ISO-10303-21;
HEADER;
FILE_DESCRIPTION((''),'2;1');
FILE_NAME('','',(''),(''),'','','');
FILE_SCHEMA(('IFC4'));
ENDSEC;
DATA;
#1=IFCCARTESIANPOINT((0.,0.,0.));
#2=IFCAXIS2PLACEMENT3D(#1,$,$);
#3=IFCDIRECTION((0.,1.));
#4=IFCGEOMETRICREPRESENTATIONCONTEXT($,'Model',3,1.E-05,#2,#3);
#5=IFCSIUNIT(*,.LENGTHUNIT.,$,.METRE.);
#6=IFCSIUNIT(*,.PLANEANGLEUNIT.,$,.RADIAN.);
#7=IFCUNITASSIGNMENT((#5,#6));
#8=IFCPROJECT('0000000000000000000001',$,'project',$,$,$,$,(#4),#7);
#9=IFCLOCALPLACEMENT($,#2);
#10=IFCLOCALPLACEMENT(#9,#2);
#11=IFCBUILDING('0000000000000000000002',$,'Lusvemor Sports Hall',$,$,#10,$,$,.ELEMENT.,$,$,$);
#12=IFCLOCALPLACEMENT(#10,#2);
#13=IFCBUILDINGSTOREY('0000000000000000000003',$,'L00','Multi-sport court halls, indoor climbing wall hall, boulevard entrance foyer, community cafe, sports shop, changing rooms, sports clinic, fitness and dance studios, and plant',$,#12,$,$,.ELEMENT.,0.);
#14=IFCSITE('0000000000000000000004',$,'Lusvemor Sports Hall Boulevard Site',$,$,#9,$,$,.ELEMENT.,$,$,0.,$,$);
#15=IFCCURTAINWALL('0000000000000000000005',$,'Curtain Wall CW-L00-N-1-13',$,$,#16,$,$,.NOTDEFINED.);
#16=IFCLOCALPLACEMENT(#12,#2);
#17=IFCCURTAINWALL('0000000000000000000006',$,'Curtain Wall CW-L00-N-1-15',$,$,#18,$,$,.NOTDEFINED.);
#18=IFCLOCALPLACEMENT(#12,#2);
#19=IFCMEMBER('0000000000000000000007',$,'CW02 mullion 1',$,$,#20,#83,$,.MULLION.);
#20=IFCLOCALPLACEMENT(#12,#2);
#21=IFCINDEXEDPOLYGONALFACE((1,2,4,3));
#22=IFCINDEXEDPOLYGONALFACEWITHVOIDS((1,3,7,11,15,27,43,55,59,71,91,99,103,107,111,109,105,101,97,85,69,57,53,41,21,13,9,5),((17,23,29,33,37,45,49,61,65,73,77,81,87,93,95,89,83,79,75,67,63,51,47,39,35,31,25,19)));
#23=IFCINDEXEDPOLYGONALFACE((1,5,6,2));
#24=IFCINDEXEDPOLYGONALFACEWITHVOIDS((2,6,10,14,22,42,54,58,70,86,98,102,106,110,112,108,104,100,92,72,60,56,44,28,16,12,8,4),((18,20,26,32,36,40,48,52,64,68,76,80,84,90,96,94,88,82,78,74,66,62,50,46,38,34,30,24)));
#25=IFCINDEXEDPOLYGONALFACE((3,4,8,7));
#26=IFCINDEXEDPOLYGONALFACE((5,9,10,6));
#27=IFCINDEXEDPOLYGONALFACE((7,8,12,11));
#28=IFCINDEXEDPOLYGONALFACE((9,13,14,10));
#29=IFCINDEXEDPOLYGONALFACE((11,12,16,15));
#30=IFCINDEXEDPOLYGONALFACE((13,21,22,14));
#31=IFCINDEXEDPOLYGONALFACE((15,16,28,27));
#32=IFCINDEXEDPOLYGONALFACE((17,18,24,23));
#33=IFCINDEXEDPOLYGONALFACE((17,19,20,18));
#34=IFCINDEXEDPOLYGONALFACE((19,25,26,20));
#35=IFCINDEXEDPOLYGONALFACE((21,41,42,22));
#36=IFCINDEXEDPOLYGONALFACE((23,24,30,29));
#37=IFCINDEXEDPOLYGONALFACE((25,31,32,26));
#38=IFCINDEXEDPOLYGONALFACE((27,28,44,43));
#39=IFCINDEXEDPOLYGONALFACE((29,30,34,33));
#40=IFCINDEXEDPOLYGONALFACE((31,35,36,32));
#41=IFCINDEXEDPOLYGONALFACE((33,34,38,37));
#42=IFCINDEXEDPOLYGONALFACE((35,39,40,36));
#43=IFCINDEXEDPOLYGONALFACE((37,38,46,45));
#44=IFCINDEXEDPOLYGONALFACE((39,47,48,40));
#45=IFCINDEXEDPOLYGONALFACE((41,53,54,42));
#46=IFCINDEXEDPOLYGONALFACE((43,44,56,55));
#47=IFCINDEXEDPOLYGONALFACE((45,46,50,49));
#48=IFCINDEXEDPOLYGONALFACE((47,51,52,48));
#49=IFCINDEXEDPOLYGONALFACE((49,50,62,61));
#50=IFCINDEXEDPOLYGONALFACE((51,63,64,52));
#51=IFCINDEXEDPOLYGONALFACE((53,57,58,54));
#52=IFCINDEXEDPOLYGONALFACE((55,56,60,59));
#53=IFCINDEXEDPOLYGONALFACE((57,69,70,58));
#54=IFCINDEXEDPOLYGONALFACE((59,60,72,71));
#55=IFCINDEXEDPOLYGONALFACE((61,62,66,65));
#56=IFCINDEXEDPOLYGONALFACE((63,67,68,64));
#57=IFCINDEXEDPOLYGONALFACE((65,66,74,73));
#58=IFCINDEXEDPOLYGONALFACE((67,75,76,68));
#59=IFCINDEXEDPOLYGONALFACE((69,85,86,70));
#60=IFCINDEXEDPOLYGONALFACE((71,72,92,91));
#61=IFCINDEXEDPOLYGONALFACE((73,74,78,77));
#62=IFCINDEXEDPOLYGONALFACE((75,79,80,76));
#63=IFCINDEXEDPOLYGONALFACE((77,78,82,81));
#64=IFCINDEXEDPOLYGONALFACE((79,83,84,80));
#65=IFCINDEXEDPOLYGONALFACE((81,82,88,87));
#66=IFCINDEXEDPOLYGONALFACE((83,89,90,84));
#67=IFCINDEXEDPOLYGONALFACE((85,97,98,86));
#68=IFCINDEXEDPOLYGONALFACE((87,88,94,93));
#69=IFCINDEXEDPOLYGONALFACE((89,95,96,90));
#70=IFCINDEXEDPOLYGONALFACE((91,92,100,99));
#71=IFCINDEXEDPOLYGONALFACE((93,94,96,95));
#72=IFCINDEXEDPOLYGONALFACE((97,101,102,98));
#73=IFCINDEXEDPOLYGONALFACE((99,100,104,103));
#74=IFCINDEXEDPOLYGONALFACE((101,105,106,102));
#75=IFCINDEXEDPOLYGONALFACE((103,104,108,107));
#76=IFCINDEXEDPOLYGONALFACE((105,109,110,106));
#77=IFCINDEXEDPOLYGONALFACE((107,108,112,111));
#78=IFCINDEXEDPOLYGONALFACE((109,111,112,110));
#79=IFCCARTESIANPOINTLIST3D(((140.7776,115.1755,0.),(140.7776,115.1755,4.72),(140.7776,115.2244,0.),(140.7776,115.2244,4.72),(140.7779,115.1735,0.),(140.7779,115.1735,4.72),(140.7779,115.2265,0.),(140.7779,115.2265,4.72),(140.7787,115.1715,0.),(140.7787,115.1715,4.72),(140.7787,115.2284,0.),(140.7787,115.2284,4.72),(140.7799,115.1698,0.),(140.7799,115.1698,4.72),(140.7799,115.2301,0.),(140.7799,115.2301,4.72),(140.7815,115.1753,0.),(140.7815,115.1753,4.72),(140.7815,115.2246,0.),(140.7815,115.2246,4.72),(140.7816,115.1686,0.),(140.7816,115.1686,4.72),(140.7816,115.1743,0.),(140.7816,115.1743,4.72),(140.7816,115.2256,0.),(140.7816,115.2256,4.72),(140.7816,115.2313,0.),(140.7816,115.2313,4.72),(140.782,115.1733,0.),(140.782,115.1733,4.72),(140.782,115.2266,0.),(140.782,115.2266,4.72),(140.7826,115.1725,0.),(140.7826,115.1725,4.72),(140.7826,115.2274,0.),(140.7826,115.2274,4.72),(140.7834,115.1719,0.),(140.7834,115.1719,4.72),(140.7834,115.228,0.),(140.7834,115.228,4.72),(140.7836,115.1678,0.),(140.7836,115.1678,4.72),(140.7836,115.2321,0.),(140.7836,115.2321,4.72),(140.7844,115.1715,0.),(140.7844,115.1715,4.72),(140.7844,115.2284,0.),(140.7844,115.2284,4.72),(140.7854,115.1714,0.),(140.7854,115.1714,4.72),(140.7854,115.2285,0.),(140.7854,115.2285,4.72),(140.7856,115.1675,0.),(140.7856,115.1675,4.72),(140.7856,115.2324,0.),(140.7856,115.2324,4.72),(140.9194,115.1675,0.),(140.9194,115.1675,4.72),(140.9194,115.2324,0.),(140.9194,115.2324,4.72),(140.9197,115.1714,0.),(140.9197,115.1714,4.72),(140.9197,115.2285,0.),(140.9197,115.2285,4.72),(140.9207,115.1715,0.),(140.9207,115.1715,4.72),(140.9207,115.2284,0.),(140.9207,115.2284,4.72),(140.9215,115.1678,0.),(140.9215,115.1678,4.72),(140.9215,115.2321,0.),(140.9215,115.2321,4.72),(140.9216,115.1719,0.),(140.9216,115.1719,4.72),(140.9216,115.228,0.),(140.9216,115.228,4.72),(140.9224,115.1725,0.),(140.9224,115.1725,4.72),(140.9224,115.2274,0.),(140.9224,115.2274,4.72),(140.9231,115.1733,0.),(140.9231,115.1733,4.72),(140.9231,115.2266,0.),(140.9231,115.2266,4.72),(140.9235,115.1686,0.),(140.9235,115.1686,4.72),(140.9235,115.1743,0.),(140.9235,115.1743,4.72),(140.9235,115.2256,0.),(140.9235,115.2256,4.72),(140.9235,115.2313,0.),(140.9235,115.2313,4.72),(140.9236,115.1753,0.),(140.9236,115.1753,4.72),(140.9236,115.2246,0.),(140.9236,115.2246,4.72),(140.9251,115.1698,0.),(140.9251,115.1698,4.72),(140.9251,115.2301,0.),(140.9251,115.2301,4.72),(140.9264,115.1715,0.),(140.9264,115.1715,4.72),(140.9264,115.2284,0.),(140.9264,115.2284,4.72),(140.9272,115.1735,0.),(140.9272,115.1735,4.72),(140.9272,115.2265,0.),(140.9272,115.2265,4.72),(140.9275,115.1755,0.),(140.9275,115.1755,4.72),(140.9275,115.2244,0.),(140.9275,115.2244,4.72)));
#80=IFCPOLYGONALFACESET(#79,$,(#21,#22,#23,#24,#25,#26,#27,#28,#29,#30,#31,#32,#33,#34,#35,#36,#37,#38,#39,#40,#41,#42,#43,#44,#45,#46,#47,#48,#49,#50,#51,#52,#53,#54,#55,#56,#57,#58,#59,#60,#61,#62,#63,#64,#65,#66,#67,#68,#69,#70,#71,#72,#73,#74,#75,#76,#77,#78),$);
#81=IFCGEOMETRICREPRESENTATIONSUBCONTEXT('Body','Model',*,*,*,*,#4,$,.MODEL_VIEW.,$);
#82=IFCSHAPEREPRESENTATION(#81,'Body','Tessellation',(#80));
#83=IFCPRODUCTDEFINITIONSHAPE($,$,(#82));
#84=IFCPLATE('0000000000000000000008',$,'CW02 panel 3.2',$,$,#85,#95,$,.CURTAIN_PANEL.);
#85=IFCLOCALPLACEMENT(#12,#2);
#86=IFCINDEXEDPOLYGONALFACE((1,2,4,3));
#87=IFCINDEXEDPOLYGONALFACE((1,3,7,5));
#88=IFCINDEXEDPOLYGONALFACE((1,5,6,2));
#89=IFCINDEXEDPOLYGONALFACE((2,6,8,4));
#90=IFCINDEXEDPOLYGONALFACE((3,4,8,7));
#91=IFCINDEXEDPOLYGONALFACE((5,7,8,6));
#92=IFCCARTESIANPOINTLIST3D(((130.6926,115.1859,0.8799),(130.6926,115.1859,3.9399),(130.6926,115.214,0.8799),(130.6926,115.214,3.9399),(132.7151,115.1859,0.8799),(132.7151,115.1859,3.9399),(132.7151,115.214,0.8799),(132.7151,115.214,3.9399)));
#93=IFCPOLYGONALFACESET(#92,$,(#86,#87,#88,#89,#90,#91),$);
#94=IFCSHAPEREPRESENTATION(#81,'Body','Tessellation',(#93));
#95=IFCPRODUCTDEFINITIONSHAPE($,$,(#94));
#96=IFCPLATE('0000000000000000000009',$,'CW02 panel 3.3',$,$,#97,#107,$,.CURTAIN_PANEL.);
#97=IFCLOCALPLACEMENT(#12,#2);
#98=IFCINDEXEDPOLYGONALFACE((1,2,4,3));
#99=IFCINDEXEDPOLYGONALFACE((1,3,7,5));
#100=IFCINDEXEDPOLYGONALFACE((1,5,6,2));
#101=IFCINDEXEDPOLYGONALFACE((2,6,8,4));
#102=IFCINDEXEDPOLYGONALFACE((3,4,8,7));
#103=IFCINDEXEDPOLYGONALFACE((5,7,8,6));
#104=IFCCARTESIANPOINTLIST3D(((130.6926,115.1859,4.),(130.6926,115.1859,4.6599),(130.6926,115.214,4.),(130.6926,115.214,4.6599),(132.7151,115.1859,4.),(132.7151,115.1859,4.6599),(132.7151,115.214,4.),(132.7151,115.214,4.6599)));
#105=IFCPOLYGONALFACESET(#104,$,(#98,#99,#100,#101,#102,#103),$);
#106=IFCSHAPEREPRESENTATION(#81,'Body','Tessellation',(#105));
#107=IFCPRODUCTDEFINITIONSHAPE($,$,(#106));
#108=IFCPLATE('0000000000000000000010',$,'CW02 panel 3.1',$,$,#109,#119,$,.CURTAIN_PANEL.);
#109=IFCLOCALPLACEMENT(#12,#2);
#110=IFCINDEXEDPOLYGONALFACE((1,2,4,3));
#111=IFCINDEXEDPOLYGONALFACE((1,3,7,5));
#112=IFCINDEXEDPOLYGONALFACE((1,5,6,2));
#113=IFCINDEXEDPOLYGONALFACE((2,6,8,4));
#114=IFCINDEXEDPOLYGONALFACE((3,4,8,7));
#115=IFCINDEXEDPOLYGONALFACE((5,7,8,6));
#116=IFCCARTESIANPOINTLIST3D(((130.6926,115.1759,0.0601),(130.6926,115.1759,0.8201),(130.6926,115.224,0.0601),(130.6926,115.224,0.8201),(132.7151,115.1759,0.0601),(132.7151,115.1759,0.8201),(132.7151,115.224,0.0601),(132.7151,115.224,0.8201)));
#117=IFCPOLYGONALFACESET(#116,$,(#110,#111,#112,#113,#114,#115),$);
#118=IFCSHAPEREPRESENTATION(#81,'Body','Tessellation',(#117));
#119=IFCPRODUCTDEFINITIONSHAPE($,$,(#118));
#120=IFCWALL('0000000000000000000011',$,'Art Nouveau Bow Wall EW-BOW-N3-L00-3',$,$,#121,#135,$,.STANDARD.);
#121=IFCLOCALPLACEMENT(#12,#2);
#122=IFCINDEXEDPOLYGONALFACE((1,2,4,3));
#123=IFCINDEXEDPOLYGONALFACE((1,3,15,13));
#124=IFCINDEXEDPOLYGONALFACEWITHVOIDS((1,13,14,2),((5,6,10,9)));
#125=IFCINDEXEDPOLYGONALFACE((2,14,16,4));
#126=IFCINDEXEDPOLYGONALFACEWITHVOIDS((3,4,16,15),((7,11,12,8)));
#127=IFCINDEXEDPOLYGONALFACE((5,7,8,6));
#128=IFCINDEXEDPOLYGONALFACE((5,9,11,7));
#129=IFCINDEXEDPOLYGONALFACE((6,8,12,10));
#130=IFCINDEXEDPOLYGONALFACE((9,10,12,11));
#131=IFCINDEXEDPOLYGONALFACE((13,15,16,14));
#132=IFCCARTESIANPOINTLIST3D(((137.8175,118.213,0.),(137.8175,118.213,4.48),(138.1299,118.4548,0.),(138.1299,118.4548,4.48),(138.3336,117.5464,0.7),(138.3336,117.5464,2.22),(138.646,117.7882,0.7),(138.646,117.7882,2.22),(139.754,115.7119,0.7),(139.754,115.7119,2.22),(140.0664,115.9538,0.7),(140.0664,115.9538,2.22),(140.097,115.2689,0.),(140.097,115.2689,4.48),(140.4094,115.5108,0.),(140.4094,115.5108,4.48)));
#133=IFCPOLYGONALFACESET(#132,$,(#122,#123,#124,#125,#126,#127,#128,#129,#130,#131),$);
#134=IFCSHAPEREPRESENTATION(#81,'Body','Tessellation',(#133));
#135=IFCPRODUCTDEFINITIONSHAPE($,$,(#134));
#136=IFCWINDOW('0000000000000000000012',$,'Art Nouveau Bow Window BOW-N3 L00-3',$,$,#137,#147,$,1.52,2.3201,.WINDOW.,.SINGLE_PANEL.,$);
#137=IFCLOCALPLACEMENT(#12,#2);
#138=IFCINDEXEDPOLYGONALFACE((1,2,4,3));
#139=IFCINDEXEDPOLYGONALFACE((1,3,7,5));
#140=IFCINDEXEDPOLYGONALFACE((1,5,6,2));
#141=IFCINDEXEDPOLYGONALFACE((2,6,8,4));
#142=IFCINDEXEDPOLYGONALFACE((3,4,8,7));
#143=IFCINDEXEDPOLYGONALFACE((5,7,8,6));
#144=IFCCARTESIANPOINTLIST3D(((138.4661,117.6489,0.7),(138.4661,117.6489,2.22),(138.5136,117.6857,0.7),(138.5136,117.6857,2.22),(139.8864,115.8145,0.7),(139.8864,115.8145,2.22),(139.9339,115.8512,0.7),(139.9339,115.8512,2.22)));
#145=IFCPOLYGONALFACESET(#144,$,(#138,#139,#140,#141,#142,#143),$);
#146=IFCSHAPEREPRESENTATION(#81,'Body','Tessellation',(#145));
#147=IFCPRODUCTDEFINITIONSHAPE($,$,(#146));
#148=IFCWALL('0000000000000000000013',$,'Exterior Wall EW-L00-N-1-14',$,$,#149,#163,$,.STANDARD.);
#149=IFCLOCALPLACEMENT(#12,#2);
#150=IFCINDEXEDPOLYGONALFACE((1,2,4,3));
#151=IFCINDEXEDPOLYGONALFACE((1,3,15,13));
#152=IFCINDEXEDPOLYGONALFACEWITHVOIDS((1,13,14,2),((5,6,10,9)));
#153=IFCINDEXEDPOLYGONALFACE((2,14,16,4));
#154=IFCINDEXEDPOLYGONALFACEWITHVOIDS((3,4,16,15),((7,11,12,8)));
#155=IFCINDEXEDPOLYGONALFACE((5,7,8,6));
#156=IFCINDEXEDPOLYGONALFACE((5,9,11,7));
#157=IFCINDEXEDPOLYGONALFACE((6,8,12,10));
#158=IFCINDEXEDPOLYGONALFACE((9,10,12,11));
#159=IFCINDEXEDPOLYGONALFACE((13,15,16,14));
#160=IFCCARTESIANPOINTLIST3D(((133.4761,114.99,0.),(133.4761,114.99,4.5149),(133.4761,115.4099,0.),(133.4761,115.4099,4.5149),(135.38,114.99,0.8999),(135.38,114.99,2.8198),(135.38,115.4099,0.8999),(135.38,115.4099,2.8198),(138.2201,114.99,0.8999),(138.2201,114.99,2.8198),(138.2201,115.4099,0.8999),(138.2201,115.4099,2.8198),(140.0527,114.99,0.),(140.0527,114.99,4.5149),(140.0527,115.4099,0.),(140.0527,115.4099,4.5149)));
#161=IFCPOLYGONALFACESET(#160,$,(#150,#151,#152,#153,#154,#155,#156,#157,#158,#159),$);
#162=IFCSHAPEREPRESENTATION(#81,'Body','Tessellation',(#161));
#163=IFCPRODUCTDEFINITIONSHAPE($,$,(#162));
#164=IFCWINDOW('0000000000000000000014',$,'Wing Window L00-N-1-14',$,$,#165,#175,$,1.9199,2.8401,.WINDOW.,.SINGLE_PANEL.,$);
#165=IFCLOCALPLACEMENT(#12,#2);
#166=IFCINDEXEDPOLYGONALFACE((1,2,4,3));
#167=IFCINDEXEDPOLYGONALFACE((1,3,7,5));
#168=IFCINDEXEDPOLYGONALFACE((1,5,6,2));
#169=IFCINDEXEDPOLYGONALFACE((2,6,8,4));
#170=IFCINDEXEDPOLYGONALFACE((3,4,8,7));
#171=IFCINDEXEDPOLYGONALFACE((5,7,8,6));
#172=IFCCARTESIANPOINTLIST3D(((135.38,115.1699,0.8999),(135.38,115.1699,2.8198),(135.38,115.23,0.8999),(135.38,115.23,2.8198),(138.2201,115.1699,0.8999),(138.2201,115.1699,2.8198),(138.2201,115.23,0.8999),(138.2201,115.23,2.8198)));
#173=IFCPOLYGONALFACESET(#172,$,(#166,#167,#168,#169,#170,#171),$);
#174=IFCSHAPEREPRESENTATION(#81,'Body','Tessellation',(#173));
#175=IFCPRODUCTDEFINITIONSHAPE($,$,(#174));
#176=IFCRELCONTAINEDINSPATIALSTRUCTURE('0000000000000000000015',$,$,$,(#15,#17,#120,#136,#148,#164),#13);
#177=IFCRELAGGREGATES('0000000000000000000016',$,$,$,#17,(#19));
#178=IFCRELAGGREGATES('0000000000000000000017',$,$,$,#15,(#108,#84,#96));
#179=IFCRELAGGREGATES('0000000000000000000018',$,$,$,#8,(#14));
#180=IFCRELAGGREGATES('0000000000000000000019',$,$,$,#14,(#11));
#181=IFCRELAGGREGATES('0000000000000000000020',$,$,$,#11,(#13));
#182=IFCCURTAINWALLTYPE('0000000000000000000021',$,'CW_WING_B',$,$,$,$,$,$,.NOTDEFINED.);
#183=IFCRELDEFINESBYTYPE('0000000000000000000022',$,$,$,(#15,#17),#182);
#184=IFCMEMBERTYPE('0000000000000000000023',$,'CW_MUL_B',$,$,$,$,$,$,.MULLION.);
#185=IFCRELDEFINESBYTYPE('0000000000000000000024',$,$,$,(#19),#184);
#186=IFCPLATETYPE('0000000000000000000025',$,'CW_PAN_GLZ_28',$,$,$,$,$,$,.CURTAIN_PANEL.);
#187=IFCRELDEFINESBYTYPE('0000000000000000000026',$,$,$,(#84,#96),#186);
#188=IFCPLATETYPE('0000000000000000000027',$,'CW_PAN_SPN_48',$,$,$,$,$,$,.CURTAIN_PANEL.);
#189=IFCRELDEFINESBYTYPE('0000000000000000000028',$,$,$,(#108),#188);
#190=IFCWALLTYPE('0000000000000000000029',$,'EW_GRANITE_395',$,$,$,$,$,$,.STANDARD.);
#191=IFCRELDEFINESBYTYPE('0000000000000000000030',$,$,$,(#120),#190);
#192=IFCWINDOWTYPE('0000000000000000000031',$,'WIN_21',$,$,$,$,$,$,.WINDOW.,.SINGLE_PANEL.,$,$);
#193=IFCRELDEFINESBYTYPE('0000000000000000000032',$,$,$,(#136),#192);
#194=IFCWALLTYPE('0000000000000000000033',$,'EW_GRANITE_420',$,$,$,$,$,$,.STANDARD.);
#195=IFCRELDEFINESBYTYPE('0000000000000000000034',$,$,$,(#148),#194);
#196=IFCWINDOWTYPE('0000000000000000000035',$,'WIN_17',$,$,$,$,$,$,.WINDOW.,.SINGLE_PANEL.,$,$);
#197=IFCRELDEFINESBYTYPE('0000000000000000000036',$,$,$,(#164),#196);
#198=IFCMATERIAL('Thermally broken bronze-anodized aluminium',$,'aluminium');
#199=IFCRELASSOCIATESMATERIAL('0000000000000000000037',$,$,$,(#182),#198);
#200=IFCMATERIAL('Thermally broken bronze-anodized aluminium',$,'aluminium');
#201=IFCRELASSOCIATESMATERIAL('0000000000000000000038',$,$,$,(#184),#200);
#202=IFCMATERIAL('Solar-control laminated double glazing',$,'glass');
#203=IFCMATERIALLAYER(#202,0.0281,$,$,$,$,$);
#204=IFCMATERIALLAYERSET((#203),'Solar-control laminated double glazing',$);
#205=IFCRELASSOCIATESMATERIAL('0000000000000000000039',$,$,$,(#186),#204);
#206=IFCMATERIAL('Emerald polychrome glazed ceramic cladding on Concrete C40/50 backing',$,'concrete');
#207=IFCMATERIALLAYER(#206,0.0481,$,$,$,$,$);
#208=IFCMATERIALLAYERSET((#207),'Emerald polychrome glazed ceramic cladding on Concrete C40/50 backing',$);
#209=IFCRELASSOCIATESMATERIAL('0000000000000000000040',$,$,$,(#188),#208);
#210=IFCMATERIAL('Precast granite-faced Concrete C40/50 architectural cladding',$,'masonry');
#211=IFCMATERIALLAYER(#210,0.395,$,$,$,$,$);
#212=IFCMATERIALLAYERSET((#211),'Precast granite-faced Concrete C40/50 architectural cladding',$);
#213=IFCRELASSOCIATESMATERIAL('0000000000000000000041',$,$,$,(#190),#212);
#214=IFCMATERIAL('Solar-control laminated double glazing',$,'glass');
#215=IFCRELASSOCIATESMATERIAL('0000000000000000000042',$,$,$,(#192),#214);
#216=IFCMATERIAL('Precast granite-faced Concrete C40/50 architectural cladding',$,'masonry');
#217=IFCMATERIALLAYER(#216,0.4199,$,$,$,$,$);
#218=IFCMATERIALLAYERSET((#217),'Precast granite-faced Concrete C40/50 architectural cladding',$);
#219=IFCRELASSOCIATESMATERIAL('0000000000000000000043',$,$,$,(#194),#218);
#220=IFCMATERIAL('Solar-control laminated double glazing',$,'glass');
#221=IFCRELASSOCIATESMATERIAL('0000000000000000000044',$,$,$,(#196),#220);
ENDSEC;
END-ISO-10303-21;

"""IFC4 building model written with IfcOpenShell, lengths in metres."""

from ifc_helpers import new_model, si_unit, direction, frame, frame_2d, origin, origin_2d, place, context, subcontext, project, spatial, rectangle, hollow_rectangle, extrude, material, layer, layer_set, material_profile, profile_set, type_object, element, fill, aggregate, save


model = new_model("IFC4")

# Units and contexts
model_context = context("Model", 3, precision=1e-05, world=origin(), true_north=direction((0.0, 1.0)))
body_context = subcontext(model_context, "Body", "Model", "MODEL_VIEW")
ifc_project = project(units=[si_unit("LENGTHUNIT", "METRE"), si_unit("PLANEANGLEUNIT", "RADIAN")], contexts=[model_context])

# Site, building, storey
site_placement = place(None, origin())
site = spatial("IfcSite", under=ifc_project, at=site_placement, Name="Lusvemor Sports Hall Boulevard Site", CompositionType="ELEMENT", RefElevation=0.0)
building_placement = place(site_placement, origin())
building = spatial("IfcBuilding", under=site, at=building_placement, Name="Lusvemor Sports Hall", CompositionType="ELEMENT")
storey_placement = place(building_placement, origin())
storey = spatial("IfcBuildingStorey", under=building, at=storey_placement, Name="L00", Description="Multi-sport court halls, indoor climbing wall hall, boulevard entrance foyer, community cafe, sports shop, changing rooms, sports clinic, fitness and dance studios, and plant", CompositionType="ELEMENT", Elevation=0.0)

# Curtain walls, member
ifc_material_1 = material(Name="Thermally broken bronze-anodized aluminium", Category="aluminium")
curtain_wall_type = type_object("IfcCurtainWallType", Name="CW_WING_B", PredefinedType="NOTDEFINED", material=ifc_material_1)
curtain_wall_1_placement = place(storey_placement, origin())
curtain_wall_1 = element("IfcCurtainWall", 1, at=curtain_wall_1_placement, inside=storey, type_object=curtain_wall_type, Name="Curtain Wall CW-L00-N-1-13", PredefinedType="NOTDEFINED")
ifc_material_2 = material(Name="Thermally broken bronze-anodized aluminium", Category="aluminium")
ifc_material_profile_1 = material_profile(ifc_material_2, hollow_rectangle(XDim=0.0649, YDim=0.1499, WallThickness=0.0039, InnerFilletRadius=0.0039, OuterFilletRadius=0.0081, at=origin_2d()), Name="CWMUL150x65x4")
ifc_profile_set_1 = profile_set([ifc_material_profile_1], Name="Thermally broken bronze-anodized aluminium")
member_type = type_object("IfcMemberType", Name="CW_MUL_B", PredefinedType="MULLION", material=ifc_profile_set_1)
curtain_wall_2_placement = place(storey_placement, origin())
curtain_wall_2 = element("IfcCurtainWall", 2, at=curtain_wall_2_placement, inside=storey, type_object=curtain_wall_type, Name="Curtain Wall CW-L00-N-1-15", PredefinedType="NOTDEFINED")
member_1_placement = place(storey_placement, frame((140.8525, 115.2, 0.0), z_axis=(0.0, 0.0, 1.0), x_axis=(0.0, 1.0, 0.0)))
member_1 = element("IfcMember", 3, at=member_1_placement, type_object=member_type, Name="CW02 mullion 1", PredefinedType="MULLION", context=body_context, shape_type="SweptSolid", body=[
    extrude(hollow_rectangle(XDim=0.0649, YDim=0.1499, WallThickness=0.0039, InnerFilletRadius=0.0039, OuterFilletRadius=0.0081, at=origin_2d()), origin(), (0.0, 0.0, 1.0), 4.72),
])
aggregate(curtain_wall_2, [member_1])

# Plates
ifc_material_3 = material(Name="Solar-control laminated double glazing", Category="glass")
ifc_layer_1 = layer(ifc_material_3, 0.0281)
ifc_layer_set_1 = layer_set([ifc_layer_1], Name="Solar-control laminated double glazing")
plate_type_1 = type_object("IfcPlateType", Name="CW_PAN_GLZ_28", PredefinedType="CURTAIN_PANEL", material=ifc_layer_set_1)
plate_1_placement = place(storey_placement, frame((131.7039, 115.2, 0.8799), z_axis=(0.0, 0.0, 1.0), x_axis=(1.0, 0.0, 0.0)))
plate_1 = element("IfcPlate", 4, at=plate_1_placement, type_object=plate_type_1, Name="CW02 panel 3.2", PredefinedType="CURTAIN_PANEL", context=body_context, shape_type="SweptSolid", body=[
    extrude(rectangle(XDim=2.0225, YDim=0.0281, at=origin_2d()), origin(), (0.0, 0.0, 1.0), 3.0601),
])
plate_2_placement = place(storey_placement, frame((131.7039, 115.2, 4.0), z_axis=(0.0, 0.0, 1.0), x_axis=(1.0, 0.0, 0.0)))
plate_2 = element("IfcPlate", 5, at=plate_2_placement, type_object=plate_type_1, Name="CW02 panel 3.3", PredefinedType="CURTAIN_PANEL", context=body_context, shape_type="SweptSolid", body=[
    extrude(rectangle(XDim=2.0225, YDim=0.0281, at=origin_2d()), origin(), (0.0, 0.0, 1.0), 0.6599),
])
ifc_material_4 = material(Name="Emerald polychrome glazed ceramic cladding on Concrete C40/50 backing", Category="concrete")
ifc_layer_2 = layer(ifc_material_4, 0.0481)
ifc_layer_set_2 = layer_set([ifc_layer_2], Name="Emerald polychrome glazed ceramic cladding on Concrete C40/50 backing")
plate_type_2 = type_object("IfcPlateType", Name="CW_PAN_SPN_48", PredefinedType="CURTAIN_PANEL", material=ifc_layer_set_2)
plate_3_placement = place(storey_placement, frame((131.7039, 115.2, 0.0601), z_axis=(0.0, 0.0, 1.0), x_axis=(1.0, 0.0, 0.0)))
plate_3 = element("IfcPlate", 6, at=plate_3_placement, type_object=plate_type_2, Name="CW02 panel 3.1", PredefinedType="CURTAIN_PANEL", context=body_context, shape_type="SweptSolid", body=[
    extrude(rectangle(XDim=2.0225, YDim=0.0481, at=origin_2d()), origin(), (0.0, 0.0, 1.0), 0.76),
])
aggregate(curtain_wall_1, [plate_3, plate_1, plate_2])

# Walls, openings, windows
ifc_material_5 = material(Name="Precast granite-faced Concrete C40/50 architectural cladding", Category="masonry")
ifc_layer_3 = layer(ifc_material_5, 0.395)
ifc_layer_set_3 = layer_set([ifc_layer_3], Name="Precast granite-faced Concrete C40/50 architectural cladding")
wall_type_1 = type_object("IfcWallType", Name="EW_GRANITE_395", PredefinedType="STANDARD", material=ifc_layer_set_3)
wall_1_placement = place(storey_placement, frame((137.9736, 118.334, 0.0), z_axis=(0.0, 0.0, 1.0), x_axis=(0.612214, -0.790692, 0.0)))
wall_1 = element("IfcWall", 7, at=wall_1_placement, inside=storey, type_object=wall_type_1, Name="Art Nouveau Bow Wall EW-BOW-N3-L00-3", PredefinedType="STANDARD", context=body_context, shape_type="SweptSolid", body=[
    extrude(rectangle(XDim=3.7234, YDim=0.395, at=frame_2d((1.8618, 0.0))), origin(), (0.0, 0.0, 1.0), 4.48),
])
opening_1_placement = place(wall_1_placement, frame((0.843, 0.0, 0.7)))
opening_1 = element("IfcOpeningElement", 8, at=opening_1_placement, cuts=wall_1, PredefinedType="OPENING", context=body_context, shape_type="SweptSolid", body=[
    extrude(rectangle(XDim=2.3201, YDim=1.52, at=frame_2d((1.1602, 0.76))), frame((0.0, 0.1975, 0.0), z_axis=(0.0, -1.0, 0.0), x_axis=(1.0, 0.0, 0.0)), (0.0, 0.0, 1.0), 0.395),
])
ifc_material_6 = material(Name="Solar-control laminated double glazing", Category="glass")
window_type_1 = type_object("IfcWindowType", Name="WIN_21", PartitioningType="SINGLE_PANEL", PredefinedType="WINDOW", material=ifc_material_6)
window_1_placement = place(opening_1_placement, origin())
window_1 = element("IfcWindow", 9, at=window_1_placement, inside=storey, type_object=window_type_1, Name="Art Nouveau Bow Window BOW-N3 L00-3", OverallHeight=1.52, OverallWidth=2.3201, PartitioningType="SINGLE_PANEL", PredefinedType="WINDOW", context=body_context, shape_type="SweptSolid", body=[
    extrude(rectangle(XDim=2.3201, YDim=1.52, at=frame_2d((1.1602, 0.76))), frame((0.0, 0.03, 0.0), z_axis=(0.0, -1.0, 0.0), x_axis=(1.0, 0.0, 0.0)), (0.0, 0.0, 1.0), 0.0601),
])
fill(opening_1, window_1)
ifc_material_7 = material(Name="Precast granite-faced Concrete C40/50 architectural cladding", Category="masonry")
ifc_layer_4 = layer(ifc_material_7, 0.4199)
ifc_layer_set_4 = layer_set([ifc_layer_4], Name="Precast granite-faced Concrete C40/50 architectural cladding")
wall_type_2 = type_object("IfcWallType", Name="EW_GRANITE_420", PredefinedType="STANDARD", material=ifc_layer_set_4)
wall_2_placement = place(storey_placement, frame((133.4761, 115.2, 0.0), z_axis=(0.0, 0.0, 1.0), x_axis=(1.0, 0.0, 0.0)))
wall_2 = element("IfcWall", 10, at=wall_2_placement, inside=storey, type_object=wall_type_2, Name="Exterior Wall EW-L00-N-1-14", PredefinedType="STANDARD", context=body_context, shape_type="SweptSolid", body=[
    extrude(rectangle(XDim=6.5767, YDim=0.4199, at=frame_2d((3.2883, 0.0))), origin(), (0.0, 0.0, 1.0), 4.5149),
])
opening_2_placement = place(wall_2_placement, frame((1.9041, 0.0, 0.8999)))
opening_2 = element("IfcOpeningElement", 11, at=opening_2_placement, cuts=wall_2, PredefinedType="OPENING", context=body_context, shape_type="SweptSolid", body=[
    extrude(rectangle(XDim=2.8401, YDim=1.9199, at=frame_2d((1.4199, 0.96))), frame((0.0, 0.21, 0.0), z_axis=(0.0, -1.0, 0.0), x_axis=(1.0, 0.0, 0.0)), (0.0, 0.0, 1.0), 0.4199),
])
ifc_material_8 = material(Name="Solar-control laminated double glazing", Category="glass")
window_type_2 = type_object("IfcWindowType", Name="WIN_17", PartitioningType="SINGLE_PANEL", PredefinedType="WINDOW", material=ifc_material_8)
window_2_placement = place(opening_2_placement, origin())
window_2 = element("IfcWindow", 12, at=window_2_placement, inside=storey, type_object=window_type_2, Name="Wing Window L00-N-1-14", OverallHeight=1.9199, OverallWidth=2.8401, PartitioningType="SINGLE_PANEL", PredefinedType="WINDOW", context=body_context, shape_type="SweptSolid", body=[
    extrude(rectangle(XDim=2.8401, YDim=1.9199, at=frame_2d((1.4199, 0.96))), frame((0.0, 0.03, 0.0), z_axis=(0.0, -1.0, 0.0), x_axis=(1.0, 0.0, 0.0)), (0.0, 0.0, 1.0), 0.0601),
])
fill(opening_2, window_2)

save(model, "model.ifc")
